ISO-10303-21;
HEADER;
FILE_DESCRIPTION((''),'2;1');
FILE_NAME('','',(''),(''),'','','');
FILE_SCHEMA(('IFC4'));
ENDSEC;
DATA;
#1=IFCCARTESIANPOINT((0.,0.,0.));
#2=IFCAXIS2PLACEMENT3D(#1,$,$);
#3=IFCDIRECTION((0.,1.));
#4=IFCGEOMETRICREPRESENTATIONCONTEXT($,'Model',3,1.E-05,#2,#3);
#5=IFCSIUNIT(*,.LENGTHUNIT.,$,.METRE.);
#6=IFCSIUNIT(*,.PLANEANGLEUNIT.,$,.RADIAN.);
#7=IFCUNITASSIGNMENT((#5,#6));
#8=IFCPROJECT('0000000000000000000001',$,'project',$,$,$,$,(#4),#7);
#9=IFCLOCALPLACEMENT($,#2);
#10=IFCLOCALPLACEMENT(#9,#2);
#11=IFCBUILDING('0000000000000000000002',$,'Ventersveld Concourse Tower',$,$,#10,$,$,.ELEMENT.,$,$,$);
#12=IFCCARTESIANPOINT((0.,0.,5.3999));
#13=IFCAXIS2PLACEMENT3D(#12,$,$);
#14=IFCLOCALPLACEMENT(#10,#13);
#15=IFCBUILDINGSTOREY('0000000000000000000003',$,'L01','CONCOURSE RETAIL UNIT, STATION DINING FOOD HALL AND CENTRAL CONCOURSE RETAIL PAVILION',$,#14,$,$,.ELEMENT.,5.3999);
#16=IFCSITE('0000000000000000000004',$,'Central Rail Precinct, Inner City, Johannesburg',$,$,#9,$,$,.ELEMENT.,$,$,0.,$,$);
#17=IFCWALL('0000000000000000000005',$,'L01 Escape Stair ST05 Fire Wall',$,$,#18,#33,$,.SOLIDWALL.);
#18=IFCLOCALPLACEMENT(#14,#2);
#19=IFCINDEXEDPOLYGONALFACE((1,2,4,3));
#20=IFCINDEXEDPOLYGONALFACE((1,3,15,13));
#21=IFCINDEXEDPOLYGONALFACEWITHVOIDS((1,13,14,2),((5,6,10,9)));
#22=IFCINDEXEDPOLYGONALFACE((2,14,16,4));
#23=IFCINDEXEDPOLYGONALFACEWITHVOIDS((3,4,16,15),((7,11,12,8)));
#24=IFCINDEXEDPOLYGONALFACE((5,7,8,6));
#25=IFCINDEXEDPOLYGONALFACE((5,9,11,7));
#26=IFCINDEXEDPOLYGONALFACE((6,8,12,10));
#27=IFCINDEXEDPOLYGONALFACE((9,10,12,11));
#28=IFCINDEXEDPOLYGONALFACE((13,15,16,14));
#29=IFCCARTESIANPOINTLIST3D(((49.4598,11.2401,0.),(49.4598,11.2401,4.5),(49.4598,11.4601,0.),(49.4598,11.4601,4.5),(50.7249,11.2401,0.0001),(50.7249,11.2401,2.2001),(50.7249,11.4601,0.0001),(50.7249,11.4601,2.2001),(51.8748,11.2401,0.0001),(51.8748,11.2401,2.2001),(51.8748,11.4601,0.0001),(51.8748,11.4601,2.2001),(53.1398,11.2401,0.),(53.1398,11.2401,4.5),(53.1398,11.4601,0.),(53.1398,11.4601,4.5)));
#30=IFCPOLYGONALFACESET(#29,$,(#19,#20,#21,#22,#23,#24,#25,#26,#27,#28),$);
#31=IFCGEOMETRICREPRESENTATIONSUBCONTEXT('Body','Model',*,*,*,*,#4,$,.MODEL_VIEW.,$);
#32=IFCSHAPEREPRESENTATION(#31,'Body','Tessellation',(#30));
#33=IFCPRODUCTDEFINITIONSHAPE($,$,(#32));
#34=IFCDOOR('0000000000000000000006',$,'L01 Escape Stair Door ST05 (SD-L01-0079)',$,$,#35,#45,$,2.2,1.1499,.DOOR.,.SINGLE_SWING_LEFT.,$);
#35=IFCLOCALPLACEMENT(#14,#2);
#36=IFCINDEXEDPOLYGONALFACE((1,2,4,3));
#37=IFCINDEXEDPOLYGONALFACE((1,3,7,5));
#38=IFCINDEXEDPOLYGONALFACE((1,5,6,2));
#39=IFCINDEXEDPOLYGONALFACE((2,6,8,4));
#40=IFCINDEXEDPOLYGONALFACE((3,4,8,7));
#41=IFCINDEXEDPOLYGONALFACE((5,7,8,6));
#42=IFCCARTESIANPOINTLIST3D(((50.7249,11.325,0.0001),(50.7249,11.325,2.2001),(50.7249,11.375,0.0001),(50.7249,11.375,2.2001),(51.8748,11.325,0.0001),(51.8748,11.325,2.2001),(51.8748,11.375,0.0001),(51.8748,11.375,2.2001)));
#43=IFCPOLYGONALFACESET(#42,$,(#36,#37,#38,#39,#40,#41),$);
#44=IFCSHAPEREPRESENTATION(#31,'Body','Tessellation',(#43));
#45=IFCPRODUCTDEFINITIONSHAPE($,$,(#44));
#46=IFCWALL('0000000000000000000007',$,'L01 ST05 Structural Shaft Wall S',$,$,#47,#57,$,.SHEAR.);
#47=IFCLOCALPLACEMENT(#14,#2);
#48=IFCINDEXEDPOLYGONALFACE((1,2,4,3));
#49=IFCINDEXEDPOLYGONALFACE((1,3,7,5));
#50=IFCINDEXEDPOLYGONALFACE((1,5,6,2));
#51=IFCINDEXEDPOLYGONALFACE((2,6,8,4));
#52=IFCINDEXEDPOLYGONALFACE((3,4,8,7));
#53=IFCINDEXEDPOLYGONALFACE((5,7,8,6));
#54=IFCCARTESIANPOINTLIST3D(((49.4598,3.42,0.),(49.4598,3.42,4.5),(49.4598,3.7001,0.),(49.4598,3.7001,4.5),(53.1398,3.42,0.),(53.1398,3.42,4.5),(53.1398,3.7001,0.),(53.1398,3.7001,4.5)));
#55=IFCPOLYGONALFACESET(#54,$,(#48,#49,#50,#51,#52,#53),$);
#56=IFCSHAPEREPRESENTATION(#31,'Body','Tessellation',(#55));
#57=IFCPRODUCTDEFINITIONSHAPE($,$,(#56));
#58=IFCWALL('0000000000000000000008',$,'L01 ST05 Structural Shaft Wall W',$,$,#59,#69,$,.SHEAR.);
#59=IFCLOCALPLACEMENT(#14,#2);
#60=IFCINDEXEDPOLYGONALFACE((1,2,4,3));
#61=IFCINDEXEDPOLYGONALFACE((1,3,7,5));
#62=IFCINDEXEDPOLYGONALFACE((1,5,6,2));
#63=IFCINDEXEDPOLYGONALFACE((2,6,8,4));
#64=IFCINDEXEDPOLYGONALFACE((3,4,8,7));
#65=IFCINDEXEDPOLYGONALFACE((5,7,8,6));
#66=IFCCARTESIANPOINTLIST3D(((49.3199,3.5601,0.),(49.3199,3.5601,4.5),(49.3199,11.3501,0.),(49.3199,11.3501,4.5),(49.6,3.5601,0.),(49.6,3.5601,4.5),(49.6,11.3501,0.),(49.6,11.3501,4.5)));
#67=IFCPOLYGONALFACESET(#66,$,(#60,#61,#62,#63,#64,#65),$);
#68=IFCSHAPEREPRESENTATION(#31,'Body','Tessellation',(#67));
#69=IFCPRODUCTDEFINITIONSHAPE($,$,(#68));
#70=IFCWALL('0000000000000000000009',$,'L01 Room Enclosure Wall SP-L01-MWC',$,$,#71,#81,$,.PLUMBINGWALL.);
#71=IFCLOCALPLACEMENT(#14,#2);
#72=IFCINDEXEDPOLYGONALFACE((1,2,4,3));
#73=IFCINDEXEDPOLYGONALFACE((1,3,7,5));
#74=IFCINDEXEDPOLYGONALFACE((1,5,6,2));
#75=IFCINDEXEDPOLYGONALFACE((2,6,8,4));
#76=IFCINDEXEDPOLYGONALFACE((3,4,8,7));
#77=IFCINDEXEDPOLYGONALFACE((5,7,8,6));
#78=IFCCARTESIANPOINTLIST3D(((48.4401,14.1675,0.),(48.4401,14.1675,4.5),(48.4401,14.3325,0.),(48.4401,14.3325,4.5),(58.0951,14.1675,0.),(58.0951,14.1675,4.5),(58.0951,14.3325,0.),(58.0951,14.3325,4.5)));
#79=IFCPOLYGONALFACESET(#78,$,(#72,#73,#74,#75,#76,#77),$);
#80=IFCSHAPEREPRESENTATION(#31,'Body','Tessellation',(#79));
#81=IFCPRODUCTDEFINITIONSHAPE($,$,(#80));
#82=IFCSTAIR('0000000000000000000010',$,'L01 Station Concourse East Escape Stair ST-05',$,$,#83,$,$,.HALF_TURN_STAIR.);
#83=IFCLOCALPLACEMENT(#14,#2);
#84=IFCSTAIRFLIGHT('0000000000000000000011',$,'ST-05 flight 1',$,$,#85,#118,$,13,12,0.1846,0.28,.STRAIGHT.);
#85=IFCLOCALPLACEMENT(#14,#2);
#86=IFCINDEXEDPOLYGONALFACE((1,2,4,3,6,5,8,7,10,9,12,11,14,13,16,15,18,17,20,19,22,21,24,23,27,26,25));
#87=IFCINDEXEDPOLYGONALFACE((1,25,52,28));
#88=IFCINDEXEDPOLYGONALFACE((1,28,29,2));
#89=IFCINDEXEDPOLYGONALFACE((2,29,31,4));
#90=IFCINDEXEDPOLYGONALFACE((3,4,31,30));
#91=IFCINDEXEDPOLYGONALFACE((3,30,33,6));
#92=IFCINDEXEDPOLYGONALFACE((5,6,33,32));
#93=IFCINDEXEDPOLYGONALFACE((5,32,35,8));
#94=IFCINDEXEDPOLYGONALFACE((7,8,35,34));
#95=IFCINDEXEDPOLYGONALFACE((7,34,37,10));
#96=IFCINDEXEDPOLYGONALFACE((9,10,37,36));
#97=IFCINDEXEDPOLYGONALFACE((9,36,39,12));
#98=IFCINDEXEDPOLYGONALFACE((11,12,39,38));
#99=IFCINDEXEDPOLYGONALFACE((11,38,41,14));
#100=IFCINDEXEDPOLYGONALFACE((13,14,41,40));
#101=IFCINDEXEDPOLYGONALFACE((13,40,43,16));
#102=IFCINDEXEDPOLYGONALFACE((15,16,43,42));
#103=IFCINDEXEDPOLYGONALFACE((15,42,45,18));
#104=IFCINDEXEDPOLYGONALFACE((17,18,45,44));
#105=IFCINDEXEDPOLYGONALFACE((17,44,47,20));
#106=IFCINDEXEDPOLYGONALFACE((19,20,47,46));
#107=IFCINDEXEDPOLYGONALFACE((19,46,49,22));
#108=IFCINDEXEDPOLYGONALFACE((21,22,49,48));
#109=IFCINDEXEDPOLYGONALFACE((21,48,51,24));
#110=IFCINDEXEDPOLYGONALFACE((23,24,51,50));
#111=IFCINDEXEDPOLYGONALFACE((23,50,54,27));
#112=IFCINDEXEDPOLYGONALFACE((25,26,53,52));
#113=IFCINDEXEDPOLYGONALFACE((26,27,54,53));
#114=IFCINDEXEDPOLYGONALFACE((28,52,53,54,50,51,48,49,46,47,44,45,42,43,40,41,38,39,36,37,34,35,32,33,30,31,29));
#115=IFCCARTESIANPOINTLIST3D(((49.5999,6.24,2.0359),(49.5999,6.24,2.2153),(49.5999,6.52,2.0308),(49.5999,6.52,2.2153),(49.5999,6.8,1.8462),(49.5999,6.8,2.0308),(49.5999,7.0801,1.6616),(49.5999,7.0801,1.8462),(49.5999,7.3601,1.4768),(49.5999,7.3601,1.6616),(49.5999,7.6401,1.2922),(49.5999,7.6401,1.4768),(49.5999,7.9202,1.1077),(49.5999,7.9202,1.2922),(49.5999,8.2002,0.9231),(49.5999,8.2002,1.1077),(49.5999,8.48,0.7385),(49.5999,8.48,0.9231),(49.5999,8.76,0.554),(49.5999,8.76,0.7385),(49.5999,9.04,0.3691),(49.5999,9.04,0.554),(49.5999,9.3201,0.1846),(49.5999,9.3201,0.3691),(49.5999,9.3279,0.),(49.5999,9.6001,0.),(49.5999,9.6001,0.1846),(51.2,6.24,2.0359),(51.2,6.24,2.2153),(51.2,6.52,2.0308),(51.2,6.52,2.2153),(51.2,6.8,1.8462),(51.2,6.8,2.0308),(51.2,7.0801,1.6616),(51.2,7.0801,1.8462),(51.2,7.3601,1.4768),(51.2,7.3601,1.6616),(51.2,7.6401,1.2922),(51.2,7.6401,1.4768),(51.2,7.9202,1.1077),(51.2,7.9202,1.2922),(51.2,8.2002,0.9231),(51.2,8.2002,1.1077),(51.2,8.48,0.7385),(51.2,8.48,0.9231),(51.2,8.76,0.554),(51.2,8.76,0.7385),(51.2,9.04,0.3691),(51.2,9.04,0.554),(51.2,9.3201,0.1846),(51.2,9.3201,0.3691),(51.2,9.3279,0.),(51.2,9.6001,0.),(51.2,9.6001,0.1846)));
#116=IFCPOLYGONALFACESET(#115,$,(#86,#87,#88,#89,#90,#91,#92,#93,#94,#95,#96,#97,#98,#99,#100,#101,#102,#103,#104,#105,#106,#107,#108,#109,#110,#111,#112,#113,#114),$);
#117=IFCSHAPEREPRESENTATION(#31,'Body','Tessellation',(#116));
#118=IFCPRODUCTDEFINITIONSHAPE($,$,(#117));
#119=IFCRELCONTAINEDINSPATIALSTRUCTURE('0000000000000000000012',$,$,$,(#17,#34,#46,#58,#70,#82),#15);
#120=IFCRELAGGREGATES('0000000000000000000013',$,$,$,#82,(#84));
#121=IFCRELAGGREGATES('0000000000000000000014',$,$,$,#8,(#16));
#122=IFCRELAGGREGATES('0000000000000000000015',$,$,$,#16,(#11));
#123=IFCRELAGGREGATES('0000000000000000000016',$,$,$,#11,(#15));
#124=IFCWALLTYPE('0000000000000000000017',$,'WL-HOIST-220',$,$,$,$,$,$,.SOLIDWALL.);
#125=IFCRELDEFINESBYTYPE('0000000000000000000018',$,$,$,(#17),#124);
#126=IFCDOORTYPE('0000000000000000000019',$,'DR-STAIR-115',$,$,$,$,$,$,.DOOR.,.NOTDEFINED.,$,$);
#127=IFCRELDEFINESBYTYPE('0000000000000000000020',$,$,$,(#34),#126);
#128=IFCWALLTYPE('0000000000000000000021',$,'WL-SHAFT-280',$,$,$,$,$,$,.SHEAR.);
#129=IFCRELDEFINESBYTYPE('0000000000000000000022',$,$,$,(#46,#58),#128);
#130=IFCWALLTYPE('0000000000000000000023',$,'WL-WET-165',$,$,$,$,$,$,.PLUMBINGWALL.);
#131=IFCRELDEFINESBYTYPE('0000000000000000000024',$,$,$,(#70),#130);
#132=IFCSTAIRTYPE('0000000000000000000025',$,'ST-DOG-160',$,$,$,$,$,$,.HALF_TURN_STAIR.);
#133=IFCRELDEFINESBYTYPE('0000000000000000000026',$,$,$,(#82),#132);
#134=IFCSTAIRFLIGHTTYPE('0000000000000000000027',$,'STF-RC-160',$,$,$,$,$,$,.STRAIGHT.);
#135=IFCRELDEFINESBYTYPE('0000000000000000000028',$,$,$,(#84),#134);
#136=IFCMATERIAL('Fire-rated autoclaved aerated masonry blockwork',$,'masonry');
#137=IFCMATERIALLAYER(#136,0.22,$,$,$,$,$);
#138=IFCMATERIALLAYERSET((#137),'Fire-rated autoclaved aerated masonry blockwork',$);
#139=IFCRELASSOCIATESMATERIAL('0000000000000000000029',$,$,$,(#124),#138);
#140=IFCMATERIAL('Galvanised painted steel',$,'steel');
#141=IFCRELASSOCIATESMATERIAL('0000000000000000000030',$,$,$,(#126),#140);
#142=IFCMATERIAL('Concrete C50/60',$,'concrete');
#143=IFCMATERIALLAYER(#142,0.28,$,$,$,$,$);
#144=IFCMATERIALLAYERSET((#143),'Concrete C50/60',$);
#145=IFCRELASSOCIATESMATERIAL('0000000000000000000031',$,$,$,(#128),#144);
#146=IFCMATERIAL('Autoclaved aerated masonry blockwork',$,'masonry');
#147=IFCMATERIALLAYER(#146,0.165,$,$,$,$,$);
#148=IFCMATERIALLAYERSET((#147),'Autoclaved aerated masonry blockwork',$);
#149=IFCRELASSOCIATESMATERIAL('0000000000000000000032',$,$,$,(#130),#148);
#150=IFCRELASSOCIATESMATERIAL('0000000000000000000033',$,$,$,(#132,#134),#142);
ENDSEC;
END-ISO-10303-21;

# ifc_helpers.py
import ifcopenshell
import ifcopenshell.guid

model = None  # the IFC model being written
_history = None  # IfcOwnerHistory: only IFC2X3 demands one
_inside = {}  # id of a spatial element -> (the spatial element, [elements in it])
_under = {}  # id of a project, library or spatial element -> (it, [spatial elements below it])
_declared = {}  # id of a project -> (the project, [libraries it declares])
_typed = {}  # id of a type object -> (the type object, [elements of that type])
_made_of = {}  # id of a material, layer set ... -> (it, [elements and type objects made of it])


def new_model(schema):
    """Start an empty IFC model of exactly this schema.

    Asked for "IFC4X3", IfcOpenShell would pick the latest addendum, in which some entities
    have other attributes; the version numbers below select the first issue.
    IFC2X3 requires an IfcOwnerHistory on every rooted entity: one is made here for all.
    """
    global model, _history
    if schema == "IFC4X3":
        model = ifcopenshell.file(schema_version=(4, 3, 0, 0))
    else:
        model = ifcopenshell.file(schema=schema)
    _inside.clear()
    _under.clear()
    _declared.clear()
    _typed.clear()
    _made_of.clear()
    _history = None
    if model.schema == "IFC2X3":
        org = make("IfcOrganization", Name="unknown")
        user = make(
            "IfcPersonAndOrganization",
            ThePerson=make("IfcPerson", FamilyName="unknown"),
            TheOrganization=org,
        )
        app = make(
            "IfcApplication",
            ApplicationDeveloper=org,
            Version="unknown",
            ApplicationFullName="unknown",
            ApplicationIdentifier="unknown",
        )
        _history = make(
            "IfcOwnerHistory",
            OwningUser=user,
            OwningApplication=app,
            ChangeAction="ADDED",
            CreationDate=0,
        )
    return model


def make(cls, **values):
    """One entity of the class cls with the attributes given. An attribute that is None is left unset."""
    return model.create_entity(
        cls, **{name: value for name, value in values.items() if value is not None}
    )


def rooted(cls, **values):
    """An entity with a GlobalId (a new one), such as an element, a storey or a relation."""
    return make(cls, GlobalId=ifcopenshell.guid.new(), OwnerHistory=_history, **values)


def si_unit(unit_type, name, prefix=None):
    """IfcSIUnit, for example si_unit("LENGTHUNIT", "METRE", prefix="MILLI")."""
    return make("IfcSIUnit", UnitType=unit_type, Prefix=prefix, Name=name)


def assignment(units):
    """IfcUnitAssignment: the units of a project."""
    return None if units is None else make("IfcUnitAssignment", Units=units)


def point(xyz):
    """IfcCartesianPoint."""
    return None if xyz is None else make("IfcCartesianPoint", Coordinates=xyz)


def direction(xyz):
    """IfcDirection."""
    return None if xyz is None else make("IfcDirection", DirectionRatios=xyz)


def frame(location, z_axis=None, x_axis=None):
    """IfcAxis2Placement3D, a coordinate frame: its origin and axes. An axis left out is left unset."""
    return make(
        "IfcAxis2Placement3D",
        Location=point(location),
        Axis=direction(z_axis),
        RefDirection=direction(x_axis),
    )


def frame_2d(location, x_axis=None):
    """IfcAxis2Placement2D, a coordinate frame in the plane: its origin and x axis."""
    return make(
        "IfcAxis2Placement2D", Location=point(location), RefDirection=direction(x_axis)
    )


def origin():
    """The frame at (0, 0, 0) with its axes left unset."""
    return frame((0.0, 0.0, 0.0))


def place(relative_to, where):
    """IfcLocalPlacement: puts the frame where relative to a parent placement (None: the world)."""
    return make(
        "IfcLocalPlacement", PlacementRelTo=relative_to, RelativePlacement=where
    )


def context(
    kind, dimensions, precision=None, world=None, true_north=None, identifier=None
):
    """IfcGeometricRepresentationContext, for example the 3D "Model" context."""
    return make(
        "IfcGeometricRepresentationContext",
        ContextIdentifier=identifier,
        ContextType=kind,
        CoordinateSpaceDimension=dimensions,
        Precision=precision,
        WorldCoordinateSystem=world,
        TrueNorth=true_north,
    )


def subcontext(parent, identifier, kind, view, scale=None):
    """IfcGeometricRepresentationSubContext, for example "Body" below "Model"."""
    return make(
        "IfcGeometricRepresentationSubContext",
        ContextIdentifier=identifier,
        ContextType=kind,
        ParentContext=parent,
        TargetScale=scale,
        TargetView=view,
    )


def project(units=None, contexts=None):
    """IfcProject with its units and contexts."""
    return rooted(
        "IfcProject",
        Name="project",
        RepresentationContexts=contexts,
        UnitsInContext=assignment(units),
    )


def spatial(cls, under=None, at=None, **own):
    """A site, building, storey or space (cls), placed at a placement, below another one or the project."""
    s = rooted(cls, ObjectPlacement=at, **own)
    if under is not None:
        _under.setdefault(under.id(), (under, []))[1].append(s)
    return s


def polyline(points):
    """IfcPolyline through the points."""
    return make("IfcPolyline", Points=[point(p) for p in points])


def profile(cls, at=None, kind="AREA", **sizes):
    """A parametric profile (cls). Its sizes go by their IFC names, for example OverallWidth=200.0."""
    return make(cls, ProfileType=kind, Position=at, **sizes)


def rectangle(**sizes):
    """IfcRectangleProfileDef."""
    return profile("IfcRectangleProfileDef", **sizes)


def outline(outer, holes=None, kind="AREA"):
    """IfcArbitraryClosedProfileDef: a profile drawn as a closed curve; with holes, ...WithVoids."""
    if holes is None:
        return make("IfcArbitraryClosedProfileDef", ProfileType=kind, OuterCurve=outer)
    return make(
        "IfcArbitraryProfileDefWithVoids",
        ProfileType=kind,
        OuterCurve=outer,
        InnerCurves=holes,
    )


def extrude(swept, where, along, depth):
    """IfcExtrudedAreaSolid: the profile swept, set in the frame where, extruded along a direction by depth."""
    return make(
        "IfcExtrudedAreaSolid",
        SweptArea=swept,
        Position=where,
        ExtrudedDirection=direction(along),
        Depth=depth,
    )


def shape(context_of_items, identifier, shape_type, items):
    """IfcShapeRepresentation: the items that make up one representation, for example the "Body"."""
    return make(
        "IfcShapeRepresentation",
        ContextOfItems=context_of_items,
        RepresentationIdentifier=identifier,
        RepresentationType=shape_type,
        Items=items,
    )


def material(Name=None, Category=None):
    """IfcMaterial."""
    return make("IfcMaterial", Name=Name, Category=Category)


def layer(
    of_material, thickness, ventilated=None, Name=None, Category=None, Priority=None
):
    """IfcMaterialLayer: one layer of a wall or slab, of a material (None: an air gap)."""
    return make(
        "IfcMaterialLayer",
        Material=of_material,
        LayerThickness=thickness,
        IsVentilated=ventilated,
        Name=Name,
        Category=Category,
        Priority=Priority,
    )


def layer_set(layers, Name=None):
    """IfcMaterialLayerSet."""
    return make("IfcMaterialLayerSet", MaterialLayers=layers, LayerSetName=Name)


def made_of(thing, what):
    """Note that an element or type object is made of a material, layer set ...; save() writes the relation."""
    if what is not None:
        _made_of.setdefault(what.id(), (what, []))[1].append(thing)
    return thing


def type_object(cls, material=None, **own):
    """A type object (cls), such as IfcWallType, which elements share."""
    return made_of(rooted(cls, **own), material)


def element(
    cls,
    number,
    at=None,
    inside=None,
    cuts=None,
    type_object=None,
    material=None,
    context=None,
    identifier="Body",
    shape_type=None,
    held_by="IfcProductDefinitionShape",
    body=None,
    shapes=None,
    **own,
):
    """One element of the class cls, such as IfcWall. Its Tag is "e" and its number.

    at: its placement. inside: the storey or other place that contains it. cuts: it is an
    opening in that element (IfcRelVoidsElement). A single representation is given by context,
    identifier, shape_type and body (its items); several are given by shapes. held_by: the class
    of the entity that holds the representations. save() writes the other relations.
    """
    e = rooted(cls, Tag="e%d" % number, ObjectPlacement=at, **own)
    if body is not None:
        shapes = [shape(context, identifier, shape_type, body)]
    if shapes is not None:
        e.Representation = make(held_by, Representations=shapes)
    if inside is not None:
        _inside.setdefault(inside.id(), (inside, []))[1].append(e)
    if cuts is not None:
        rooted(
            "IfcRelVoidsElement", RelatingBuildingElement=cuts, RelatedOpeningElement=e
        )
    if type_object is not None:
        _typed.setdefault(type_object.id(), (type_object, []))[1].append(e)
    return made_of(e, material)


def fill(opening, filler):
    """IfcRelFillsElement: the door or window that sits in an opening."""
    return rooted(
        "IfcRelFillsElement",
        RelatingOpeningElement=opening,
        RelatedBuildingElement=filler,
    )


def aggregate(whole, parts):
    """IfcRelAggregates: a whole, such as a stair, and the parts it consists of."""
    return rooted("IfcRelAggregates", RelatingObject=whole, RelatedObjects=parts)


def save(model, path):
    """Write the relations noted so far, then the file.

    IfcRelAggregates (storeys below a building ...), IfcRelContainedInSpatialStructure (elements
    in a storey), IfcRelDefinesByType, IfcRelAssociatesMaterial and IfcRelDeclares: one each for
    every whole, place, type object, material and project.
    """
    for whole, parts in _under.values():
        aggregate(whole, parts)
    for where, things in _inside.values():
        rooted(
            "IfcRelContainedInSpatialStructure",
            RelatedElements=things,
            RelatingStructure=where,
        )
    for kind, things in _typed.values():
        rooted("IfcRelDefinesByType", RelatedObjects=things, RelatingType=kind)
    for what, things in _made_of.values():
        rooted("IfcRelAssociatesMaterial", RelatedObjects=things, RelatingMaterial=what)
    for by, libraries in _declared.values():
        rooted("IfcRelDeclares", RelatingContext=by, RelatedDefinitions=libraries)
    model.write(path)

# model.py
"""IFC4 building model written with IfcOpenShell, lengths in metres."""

from ifc_helpers import new_model, si_unit, direction, frame, frame_2d, origin, place, context, subcontext, project, spatial, polyline, rectangle, outline, extrude, material, layer, layer_set, type_object, element, fill, aggregate, save


model = new_model("IFC4")

# Units and contexts
model_context = context("Model", 3, precision=1e-05, world=origin(), true_north=direction((0.0, 1.0)))
body_context = subcontext(model_context, "Body", "Model", "MODEL_VIEW")
ifc_project = project(units=[si_unit("LENGTHUNIT", "METRE"), si_unit("PLANEANGLEUNIT", "RADIAN")], contexts=[model_context])

# Site, building, storey
site_placement = place(None, origin())
site = spatial("IfcSite", under=ifc_project, at=site_placement, Name="Central Rail Precinct, Inner City, Johannesburg", CompositionType="ELEMENT", RefElevation=0.0)
building_placement = place(site_placement, origin())
building = spatial("IfcBuilding", under=site, at=building_placement, Name="Ventersveld Concourse Tower", CompositionType="ELEMENT")
storey_placement = place(building_placement, frame((0.0, 0.0, 5.3999)))
storey = spatial("IfcBuildingStorey", under=building, at=storey_placement, Name="L01", Description="CONCOURSE RETAIL UNIT, STATION DINING FOOD HALL AND CENTRAL CONCOURSE RETAIL PAVILION", CompositionType="ELEMENT", Elevation=5.3999)

# Shared definitions
ifc_material_1 = material(Name="Concrete C50/60", Category="concrete")

# Shared definitions
ifc_material_2 = material(Name="Fire-rated autoclaved aerated masonry blockwork", Category="masonry")

# Wall, opening, door
ifc_layer_1 = layer(ifc_material_2, 0.22)
ifc_layer_set_1 = layer_set([ifc_layer_1], Name="Fire-rated autoclaved aerated masonry blockwork")
wall_type_1 = type_object("IfcWallType", Name="WL-HOIST-220", PredefinedType="SOLIDWALL", material=ifc_layer_set_1)
wall_1_placement = place(storey_placement, frame((49.46, 11.3501, 0.0), z_axis=(0.0, 0.0, 1.0), x_axis=(1.0, 0.0, 0.0)))
wall_1 = element("IfcWall", 1, at=wall_1_placement, inside=storey, type_object=wall_type_1, Name="L01 Escape Stair ST05 Fire Wall", PredefinedType="SOLIDWALL", context=body_context, shape_type="SweptSolid", body=[
    extrude(rectangle(XDim=3.6799, YDim=0.22, at=frame_2d((1.8398, 0.0))), origin(), (0.0, 0.0, 1.0), 4.5),
])
opening_1_placement = place(wall_1_placement, frame((1.2649, 0.0, 0.0)))
opening_1 = element("IfcOpeningElement", 2, at=opening_1_placement, cuts=wall_1, PredefinedType="OPENING", context=body_context, shape_type="SweptSolid", body=[
    extrude(rectangle(XDim=1.1499, YDim=2.2, at=frame_2d((0.575, 1.1001))), frame((0.0, 0.1201, 0.0), z_axis=(0.0, -1.0, 0.0), x_axis=(1.0, 0.0, 0.0)), (0.0, 0.0, 1.0), 0.24),
])
ifc_material_3 = material(Name="Galvanised painted steel", Category="steel")
door_type_1 = type_object("IfcDoorType", Name="DR-STAIR-115", OperationType="NOTDEFINED", PredefinedType="DOOR", material=ifc_material_3)
door_1_placement = place(opening_1_placement, origin())
door_1 = element("IfcDoor", 3, at=door_1_placement, inside=storey, type_object=door_type_1, Name="L01 Escape Stair Door ST05 (SD-L01-0079)", OperationType="SINGLE_SWING_LEFT", OverallHeight=2.2, OverallWidth=1.1499, PredefinedType="DOOR", context=body_context, shape_type="SweptSolid", body=[
    extrude(rectangle(XDim=1.1499, YDim=2.2, at=frame_2d((0.575, 1.1001))), frame((0.0, 0.0249, 0.0), z_axis=(0.0, -1.0, 0.0), x_axis=(1.0, 0.0, 0.0)), (0.0, 0.0, 1.0), 0.05),
])
fill(opening_1, door_1)

# Walls
ifc_layer_2 = layer(ifc_material_1, 0.28)
ifc_layer_set_2 = layer_set([ifc_layer_2], Name="Concrete C50/60")
wall_type_2 = type_object("IfcWallType", Name="WL-SHAFT-280", PredefinedType="SHEAR", material=ifc_layer_set_2)
wall_2_placement = place(storey_placement, frame((49.46, 3.5601, 0.0), z_axis=(0.0, 0.0, 1.0), x_axis=(1.0, 0.0, 0.0)))
element("IfcWall", 4, at=wall_2_placement, inside=storey, type_object=wall_type_2, Name="L01 ST05 Structural Shaft Wall S", PredefinedType="SHEAR", context=body_context, shape_type="SweptSolid", body=[
    extrude(rectangle(XDim=3.6799, YDim=0.28, at=frame_2d((1.8398, 0.0))), origin(), (0.0, 0.0, 1.0), 4.5),
])
wall_3_placement = place(storey_placement, frame((49.46, 3.5601, 0.0), z_axis=(0.0, 0.0, 1.0), x_axis=(0.0, 1.0, 0.0)))
element("IfcWall", 5, at=wall_3_placement, inside=storey, type_object=wall_type_2, Name="L01 ST05 Structural Shaft Wall W", PredefinedType="SHEAR", context=body_context, shape_type="SweptSolid", body=[
    extrude(rectangle(XDim=7.79, YDim=0.28, at=frame_2d((3.895, 0.0))), origin(), (0.0, 0.0, 1.0), 4.5),
])
ifc_material_4 = material(Name="Autoclaved aerated masonry blockwork", Category="masonry")
ifc_layer_3 = layer(ifc_material_4, 0.165)
ifc_layer_set_3 = layer_set([ifc_layer_3], Name="Autoclaved aerated masonry blockwork")
wall_type_3 = type_object("IfcWallType", Name="WL-WET-165", PredefinedType="PLUMBINGWALL", material=ifc_layer_set_3)
wall_4_placement = place(storey_placement, frame((48.4399, 14.25, 0.0), z_axis=(0.0, 0.0, 1.0), x_axis=(1.0, 0.0, 0.0)))
element("IfcWall", 6, at=wall_4_placement, inside=storey, type_object=wall_type_3, Name="L01 Room Enclosure Wall SP-L01-MWC", PredefinedType="PLUMBINGWALL", context=body_context, shape_type="SweptSolid", body=[
    extrude(rectangle(XDim=9.655, YDim=0.165, at=frame_2d((4.8276, 0.0))), origin(), (0.0, 0.0, 1.0), 4.5),
])

# Stair, stair flight
stair_type = type_object("IfcStairType", Name="ST-DOG-160", PredefinedType="HALF_TURN_STAIR", material=ifc_material_1)
stair_placement = place(storey_placement, origin())
stair = element("IfcStair", 7, at=stair_placement, inside=storey, type_object=stair_type, Name="L01 Station Concourse East Escape Stair ST-05", PredefinedType="HALF_TURN_STAIR")
stair_flight_type = type_object("IfcStairFlightType", Name="STF-RC-160", PredefinedType="STRAIGHT", material=ifc_material_1)
stair_flight_placement = place(storey_placement, frame((50.3999, 9.6001, 0.0), z_axis=(0.0, 0.0, 1.0), x_axis=(0.0, -1.0, 0.0)))
stair_flight = element("IfcStairFlight", 8, at=stair_flight_placement, type_object=stair_flight_type, Name="ST-05 flight 1", NumberOfRisers=13, NumberOfTreads=12, PredefinedType="STRAIGHT", RiserHeight=0.1846, TreadLength=0.28, context=body_context, shape_type="SweptSolid", body=[
    extrude(outline(polyline([(0.0, 0.0), (0.0, 0.1846), (0.28, 0.1846), (0.28, 0.3691), (0.5601, 0.3691), (0.5601, 0.554), (0.8401, 0.554), (0.8401, 0.7385), (1.1201, 0.7385), (1.1201, 0.9231), (1.3999, 0.9231), (1.3999, 1.1077), (1.6799, 1.1077), (1.6799, 1.2922), (1.96, 1.2922), (1.96, 1.4768), (2.24, 1.4768), (2.24, 1.6616), (2.52, 1.6616), (2.52, 1.8462), (2.8, 1.8462), (2.8, 2.0308), (3.0801, 2.0308), (3.0801, 2.2153), (3.3601, 2.2153), (3.3601, 2.3999), (3.3601, 2.0359), (0.2722, 0.0), (0.0, 0.0)])), frame((0.0, 0.8, 0.0), z_axis=(0.0, -1.0, 0.0), x_axis=(1.0, 0.0, 0.0)), (0.0, 0.0, 1.0), 1.6001),
])
aggregate(stair, [stair_flight])

save(model, "model.ifc")
